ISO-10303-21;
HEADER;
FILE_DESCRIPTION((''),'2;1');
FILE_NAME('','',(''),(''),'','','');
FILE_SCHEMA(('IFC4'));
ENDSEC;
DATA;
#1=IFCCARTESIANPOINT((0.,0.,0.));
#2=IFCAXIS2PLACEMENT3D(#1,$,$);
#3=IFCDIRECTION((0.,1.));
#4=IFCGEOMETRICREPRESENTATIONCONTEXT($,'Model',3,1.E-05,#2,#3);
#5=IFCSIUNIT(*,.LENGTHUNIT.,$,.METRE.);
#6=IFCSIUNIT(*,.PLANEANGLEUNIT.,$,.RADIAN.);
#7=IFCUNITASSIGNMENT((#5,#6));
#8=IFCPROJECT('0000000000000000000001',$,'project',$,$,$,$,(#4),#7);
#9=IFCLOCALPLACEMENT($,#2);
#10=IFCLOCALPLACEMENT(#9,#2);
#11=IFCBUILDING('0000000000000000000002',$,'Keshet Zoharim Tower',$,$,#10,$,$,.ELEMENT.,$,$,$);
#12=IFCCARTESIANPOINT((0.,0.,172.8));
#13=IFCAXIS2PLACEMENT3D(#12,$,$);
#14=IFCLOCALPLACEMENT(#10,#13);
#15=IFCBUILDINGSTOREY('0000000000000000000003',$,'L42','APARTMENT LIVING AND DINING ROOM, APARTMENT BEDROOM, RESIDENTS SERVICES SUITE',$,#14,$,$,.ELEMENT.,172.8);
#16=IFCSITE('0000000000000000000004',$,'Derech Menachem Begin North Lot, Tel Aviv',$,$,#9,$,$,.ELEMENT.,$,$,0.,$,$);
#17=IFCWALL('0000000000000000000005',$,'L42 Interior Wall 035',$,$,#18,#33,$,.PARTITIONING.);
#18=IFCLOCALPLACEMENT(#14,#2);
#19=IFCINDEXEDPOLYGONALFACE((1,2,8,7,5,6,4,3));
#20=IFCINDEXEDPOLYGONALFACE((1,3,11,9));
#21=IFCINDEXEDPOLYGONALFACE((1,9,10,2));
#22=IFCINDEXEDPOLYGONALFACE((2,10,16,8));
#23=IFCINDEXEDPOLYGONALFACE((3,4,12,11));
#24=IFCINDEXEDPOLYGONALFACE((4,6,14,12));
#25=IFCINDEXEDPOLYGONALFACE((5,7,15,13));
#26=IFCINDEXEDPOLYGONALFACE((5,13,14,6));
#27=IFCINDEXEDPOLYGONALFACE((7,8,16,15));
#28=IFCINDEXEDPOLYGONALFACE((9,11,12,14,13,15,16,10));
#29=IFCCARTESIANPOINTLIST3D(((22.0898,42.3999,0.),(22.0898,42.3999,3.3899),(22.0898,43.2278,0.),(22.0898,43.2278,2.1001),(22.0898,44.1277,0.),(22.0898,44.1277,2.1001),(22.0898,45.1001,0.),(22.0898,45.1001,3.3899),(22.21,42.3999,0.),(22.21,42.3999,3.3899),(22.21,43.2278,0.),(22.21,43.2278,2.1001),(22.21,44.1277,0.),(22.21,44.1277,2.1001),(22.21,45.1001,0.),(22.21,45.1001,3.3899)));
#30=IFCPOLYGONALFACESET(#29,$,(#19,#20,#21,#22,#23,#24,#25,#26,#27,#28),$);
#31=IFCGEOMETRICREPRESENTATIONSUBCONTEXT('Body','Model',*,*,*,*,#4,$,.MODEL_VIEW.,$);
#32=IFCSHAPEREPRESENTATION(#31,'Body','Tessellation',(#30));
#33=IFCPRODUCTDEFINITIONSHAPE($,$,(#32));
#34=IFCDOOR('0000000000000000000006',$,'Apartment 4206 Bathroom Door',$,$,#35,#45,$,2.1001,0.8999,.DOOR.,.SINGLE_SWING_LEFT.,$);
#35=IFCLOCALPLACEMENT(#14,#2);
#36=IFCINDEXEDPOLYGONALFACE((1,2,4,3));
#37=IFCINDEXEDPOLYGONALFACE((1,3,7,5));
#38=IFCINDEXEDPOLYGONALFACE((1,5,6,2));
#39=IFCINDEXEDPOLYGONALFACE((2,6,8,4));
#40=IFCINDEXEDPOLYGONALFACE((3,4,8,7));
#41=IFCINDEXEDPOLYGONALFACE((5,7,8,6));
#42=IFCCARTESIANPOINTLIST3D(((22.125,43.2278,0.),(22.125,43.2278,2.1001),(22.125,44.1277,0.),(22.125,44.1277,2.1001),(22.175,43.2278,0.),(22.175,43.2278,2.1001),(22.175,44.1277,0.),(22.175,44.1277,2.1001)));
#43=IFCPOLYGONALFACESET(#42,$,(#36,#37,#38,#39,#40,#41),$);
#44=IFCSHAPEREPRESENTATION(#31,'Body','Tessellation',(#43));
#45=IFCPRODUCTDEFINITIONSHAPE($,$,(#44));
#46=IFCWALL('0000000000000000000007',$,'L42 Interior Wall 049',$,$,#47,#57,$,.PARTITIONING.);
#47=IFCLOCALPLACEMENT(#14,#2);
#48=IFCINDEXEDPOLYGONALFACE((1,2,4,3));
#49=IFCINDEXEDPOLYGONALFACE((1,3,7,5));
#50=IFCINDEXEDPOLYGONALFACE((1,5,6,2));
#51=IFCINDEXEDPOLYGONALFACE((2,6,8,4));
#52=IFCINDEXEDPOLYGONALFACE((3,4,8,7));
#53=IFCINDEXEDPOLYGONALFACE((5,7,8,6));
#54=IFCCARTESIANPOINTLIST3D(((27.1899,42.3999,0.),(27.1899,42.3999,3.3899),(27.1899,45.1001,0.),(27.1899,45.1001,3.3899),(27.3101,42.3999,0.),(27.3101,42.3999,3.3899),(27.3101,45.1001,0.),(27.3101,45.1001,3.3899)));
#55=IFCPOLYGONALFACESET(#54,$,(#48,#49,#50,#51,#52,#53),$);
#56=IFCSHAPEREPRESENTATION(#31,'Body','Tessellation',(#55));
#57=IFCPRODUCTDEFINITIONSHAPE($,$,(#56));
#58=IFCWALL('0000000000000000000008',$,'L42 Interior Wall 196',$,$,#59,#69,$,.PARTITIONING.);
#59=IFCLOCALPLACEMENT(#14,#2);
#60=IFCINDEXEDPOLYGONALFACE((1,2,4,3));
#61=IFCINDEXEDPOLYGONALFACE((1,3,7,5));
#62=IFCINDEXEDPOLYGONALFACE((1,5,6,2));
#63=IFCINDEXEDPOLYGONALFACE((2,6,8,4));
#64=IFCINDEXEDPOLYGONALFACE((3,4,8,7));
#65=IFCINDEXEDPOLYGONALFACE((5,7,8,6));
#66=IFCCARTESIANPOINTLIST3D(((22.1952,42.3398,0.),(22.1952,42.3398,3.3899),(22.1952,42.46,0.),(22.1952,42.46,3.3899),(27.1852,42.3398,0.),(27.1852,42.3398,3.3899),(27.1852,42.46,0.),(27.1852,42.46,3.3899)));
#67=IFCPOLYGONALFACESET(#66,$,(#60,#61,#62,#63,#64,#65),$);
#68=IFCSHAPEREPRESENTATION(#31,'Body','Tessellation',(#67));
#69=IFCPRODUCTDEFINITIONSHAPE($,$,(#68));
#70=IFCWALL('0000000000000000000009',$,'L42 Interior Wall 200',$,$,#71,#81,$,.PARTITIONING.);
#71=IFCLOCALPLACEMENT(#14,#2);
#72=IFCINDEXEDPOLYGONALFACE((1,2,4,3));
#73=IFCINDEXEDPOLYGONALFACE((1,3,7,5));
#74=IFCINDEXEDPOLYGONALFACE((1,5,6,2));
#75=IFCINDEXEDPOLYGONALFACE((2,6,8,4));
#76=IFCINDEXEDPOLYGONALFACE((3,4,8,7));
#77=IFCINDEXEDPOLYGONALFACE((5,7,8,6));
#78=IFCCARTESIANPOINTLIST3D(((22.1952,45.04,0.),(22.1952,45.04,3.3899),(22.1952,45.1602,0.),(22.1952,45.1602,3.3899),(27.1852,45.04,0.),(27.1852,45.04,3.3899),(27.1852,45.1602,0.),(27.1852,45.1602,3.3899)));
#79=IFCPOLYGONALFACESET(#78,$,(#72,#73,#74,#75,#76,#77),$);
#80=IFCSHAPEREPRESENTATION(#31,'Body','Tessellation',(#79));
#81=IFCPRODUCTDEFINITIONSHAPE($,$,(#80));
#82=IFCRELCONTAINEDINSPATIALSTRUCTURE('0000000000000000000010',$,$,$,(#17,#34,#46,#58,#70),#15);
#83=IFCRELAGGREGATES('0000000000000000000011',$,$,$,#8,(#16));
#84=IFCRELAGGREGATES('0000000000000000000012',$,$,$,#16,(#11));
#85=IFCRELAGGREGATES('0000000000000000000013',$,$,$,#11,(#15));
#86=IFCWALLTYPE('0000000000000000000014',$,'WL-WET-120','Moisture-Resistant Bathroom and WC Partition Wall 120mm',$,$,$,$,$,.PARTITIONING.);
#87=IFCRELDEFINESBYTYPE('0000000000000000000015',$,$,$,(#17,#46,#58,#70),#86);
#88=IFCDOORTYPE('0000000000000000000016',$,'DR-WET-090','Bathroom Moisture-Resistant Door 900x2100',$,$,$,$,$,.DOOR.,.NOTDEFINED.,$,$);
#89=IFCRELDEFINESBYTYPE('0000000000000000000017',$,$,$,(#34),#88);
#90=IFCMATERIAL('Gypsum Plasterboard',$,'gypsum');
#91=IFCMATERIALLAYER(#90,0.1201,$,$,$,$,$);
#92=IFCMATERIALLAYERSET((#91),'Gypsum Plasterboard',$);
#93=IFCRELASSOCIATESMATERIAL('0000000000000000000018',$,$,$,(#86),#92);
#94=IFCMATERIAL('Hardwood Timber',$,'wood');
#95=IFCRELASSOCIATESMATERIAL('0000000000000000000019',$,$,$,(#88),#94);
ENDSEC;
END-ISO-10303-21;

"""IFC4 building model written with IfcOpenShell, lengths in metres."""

from ifc_helpers import new_model, si_unit, direction, frame, frame_2d, origin, place, context, subcontext, project, spatial, rectangle, extrude, material, layer, layer_set, type_object, element, fill, save


model = new_model("IFC4")

# Units and contexts
model_context = context("Model", 3, precision=1e-05, world=origin(), true_north=direction((0.0, 1.0)))
body_context = subcontext(model_context, "Body", "Model", "MODEL_VIEW")
ifc_project = project(units=[si_unit("LENGTHUNIT", "METRE"), si_unit("PLANEANGLEUNIT", "RADIAN")], contexts=[model_context])

# Site, building, storey
site_placement = place(None, origin())
site = spatial("IfcSite", under=ifc_project, at=site_placement, Name="Derech Menachem Begin North Lot, Tel Aviv", CompositionType="ELEMENT", RefElevation=0.0)
building_placement = place(site_placement, origin())
building = spatial("IfcBuilding", under=site, at=building_placement, Name="Keshet Zoharim Tower", CompositionType="ELEMENT")
storey_placement = place(building_placement, frame((0.0, 0.0, 172.8)))
storey = spatial("IfcBuildingStorey", under=building, at=storey_placement, Name="L42", Description="APARTMENT LIVING AND DINING ROOM, APARTMENT BEDROOM, RESIDENTS SERVICES SUITE", CompositionType="ELEMENT", Elevation=172.8)

# Shared definitions
ifc_material_1 = material(Name="Gypsum Plasterboard", Category="gypsum")
ifc_material_2 = material(Name="Hardwood Timber", Category="wood")

# Shared definitions
ifc_layer_1 = layer(ifc_material_1, 0.1201)
ifc_layer_set_1 = layer_set([ifc_layer_1], Name="Gypsum Plasterboard")
wall_type_1 = type_object("IfcWallType", Name="WL-WET-120", Description="Moisture-Resistant Bathroom and WC Partition Wall 120mm", PredefinedType="PARTITIONING", material=ifc_layer_set_1)

# Wall, opening, door
wall_1_placement = place(storey_placement, frame((22.1499, 42.3999, 0.0), z_axis=(0.0, 0.0, 1.0), x_axis=(0.0, 1.0, 0.0)))
wall_1 = element("IfcWall", 1, at=wall_1_placement, inside=storey, type_object=wall_type_1, Name="L42 Interior Wall 035", PredefinedType="PARTITIONING", context=body_context, shape_type="SweptSolid", body=[
    extrude(rectangle(XDim=2.7002, YDim=0.1201, at=frame_2d((1.3501, 0.0))), origin(), (0.0, 0.0, 1.0), 3.3899),
])
opening_1_placement = place(wall_1_placement, frame((0.8279, 0.0, 0.0)))
opening_1 = element("IfcOpeningElement", 2, at=opening_1_placement, cuts=wall_1, PredefinedType="OPENING", context=body_context, shape_type="SweptSolid", body=[
    extrude(rectangle(XDim=0.8999, YDim=2.1001, at=frame_2d((0.45, 1.05))), frame((0.0, 0.0701, 0.0), z_axis=(0.0, -1.0, 0.0), x_axis=(1.0, 0.0, 0.0)), (0.0, 0.0, 1.0), 0.1401),
])
door_type_1 = type_object("IfcDoorType", Name="DR-WET-090", Description="Bathroom Moisture-Resistant Door 900x2100", OperationType="NOTDEFINED", PredefinedType="DOOR", material=ifc_material_2)
door_1_placement = place(opening_1_placement, origin())
door_1 = element("IfcDoor", 3, at=door_1_placement, inside=storey, type_object=door_type_1, Name="Apartment 4206 Bathroom Door", OperationType="SINGLE_SWING_LEFT", OverallHeight=2.1001, OverallWidth=0.8999, PredefinedType="DOOR", context=body_context, shape_type="SweptSolid", body=[
    extrude(rectangle(XDim=0.8999, YDim=2.1001, at=frame_2d((0.45, 1.05))), frame((0.0, 0.0249, 0.0), z_axis=(0.0, -1.0, 0.0), x_axis=(1.0, 0.0, 0.0)), (0.0, 0.0, 1.0), 0.05),
])
fill(opening_1, door_1)

# Walls
wall_2_placement = place(storey_placement, frame((27.25, 42.3999, 0.0), z_axis=(0.0, 0.0, 1.0), x_axis=(0.0, 1.0, 0.0)))
element("IfcWall", 4, at=wall_2_placement, inside=storey, type_object=wall_type_1, Name="L42 Interior Wall 049", PredefinedType="PARTITIONING", context=body_context, shape_type="SweptSolid", body=[
    extrude(rectangle(XDim=2.7002, YDim=0.1201, at=frame_2d((1.3501, 0.0))), origin(), (0.0, 0.0, 1.0), 3.3899),
])
for number, where, z_axis, x_axis, name in (
    (5, (22.1951, 42.3999, 0.0), (0.0, 0.0, 1.0), (1.0, 0.0, 0.0), "L42 Interior Wall 196"),
    (6, (22.1951, 45.1001, 0.0), (0.0, 0.0, 1.0), (1.0, 0.0, 0.0), "L42 Interior Wall 200"),
):
    element("IfcWall", number, at=place(storey_placement, frame(where, z_axis=z_axis, x_axis=x_axis)), inside=storey, type_object=wall_type_1, Name=name, PredefinedType="PARTITIONING", context=body_context, shape_type="SweptSolid", body=[
        extrude(rectangle(XDim=4.99, YDim=0.1201, at=frame_2d((2.4951, 0.0))), origin(), (0.0, 0.0, 1.0), 3.3899),
    ])

save(model, "model.ifc")
